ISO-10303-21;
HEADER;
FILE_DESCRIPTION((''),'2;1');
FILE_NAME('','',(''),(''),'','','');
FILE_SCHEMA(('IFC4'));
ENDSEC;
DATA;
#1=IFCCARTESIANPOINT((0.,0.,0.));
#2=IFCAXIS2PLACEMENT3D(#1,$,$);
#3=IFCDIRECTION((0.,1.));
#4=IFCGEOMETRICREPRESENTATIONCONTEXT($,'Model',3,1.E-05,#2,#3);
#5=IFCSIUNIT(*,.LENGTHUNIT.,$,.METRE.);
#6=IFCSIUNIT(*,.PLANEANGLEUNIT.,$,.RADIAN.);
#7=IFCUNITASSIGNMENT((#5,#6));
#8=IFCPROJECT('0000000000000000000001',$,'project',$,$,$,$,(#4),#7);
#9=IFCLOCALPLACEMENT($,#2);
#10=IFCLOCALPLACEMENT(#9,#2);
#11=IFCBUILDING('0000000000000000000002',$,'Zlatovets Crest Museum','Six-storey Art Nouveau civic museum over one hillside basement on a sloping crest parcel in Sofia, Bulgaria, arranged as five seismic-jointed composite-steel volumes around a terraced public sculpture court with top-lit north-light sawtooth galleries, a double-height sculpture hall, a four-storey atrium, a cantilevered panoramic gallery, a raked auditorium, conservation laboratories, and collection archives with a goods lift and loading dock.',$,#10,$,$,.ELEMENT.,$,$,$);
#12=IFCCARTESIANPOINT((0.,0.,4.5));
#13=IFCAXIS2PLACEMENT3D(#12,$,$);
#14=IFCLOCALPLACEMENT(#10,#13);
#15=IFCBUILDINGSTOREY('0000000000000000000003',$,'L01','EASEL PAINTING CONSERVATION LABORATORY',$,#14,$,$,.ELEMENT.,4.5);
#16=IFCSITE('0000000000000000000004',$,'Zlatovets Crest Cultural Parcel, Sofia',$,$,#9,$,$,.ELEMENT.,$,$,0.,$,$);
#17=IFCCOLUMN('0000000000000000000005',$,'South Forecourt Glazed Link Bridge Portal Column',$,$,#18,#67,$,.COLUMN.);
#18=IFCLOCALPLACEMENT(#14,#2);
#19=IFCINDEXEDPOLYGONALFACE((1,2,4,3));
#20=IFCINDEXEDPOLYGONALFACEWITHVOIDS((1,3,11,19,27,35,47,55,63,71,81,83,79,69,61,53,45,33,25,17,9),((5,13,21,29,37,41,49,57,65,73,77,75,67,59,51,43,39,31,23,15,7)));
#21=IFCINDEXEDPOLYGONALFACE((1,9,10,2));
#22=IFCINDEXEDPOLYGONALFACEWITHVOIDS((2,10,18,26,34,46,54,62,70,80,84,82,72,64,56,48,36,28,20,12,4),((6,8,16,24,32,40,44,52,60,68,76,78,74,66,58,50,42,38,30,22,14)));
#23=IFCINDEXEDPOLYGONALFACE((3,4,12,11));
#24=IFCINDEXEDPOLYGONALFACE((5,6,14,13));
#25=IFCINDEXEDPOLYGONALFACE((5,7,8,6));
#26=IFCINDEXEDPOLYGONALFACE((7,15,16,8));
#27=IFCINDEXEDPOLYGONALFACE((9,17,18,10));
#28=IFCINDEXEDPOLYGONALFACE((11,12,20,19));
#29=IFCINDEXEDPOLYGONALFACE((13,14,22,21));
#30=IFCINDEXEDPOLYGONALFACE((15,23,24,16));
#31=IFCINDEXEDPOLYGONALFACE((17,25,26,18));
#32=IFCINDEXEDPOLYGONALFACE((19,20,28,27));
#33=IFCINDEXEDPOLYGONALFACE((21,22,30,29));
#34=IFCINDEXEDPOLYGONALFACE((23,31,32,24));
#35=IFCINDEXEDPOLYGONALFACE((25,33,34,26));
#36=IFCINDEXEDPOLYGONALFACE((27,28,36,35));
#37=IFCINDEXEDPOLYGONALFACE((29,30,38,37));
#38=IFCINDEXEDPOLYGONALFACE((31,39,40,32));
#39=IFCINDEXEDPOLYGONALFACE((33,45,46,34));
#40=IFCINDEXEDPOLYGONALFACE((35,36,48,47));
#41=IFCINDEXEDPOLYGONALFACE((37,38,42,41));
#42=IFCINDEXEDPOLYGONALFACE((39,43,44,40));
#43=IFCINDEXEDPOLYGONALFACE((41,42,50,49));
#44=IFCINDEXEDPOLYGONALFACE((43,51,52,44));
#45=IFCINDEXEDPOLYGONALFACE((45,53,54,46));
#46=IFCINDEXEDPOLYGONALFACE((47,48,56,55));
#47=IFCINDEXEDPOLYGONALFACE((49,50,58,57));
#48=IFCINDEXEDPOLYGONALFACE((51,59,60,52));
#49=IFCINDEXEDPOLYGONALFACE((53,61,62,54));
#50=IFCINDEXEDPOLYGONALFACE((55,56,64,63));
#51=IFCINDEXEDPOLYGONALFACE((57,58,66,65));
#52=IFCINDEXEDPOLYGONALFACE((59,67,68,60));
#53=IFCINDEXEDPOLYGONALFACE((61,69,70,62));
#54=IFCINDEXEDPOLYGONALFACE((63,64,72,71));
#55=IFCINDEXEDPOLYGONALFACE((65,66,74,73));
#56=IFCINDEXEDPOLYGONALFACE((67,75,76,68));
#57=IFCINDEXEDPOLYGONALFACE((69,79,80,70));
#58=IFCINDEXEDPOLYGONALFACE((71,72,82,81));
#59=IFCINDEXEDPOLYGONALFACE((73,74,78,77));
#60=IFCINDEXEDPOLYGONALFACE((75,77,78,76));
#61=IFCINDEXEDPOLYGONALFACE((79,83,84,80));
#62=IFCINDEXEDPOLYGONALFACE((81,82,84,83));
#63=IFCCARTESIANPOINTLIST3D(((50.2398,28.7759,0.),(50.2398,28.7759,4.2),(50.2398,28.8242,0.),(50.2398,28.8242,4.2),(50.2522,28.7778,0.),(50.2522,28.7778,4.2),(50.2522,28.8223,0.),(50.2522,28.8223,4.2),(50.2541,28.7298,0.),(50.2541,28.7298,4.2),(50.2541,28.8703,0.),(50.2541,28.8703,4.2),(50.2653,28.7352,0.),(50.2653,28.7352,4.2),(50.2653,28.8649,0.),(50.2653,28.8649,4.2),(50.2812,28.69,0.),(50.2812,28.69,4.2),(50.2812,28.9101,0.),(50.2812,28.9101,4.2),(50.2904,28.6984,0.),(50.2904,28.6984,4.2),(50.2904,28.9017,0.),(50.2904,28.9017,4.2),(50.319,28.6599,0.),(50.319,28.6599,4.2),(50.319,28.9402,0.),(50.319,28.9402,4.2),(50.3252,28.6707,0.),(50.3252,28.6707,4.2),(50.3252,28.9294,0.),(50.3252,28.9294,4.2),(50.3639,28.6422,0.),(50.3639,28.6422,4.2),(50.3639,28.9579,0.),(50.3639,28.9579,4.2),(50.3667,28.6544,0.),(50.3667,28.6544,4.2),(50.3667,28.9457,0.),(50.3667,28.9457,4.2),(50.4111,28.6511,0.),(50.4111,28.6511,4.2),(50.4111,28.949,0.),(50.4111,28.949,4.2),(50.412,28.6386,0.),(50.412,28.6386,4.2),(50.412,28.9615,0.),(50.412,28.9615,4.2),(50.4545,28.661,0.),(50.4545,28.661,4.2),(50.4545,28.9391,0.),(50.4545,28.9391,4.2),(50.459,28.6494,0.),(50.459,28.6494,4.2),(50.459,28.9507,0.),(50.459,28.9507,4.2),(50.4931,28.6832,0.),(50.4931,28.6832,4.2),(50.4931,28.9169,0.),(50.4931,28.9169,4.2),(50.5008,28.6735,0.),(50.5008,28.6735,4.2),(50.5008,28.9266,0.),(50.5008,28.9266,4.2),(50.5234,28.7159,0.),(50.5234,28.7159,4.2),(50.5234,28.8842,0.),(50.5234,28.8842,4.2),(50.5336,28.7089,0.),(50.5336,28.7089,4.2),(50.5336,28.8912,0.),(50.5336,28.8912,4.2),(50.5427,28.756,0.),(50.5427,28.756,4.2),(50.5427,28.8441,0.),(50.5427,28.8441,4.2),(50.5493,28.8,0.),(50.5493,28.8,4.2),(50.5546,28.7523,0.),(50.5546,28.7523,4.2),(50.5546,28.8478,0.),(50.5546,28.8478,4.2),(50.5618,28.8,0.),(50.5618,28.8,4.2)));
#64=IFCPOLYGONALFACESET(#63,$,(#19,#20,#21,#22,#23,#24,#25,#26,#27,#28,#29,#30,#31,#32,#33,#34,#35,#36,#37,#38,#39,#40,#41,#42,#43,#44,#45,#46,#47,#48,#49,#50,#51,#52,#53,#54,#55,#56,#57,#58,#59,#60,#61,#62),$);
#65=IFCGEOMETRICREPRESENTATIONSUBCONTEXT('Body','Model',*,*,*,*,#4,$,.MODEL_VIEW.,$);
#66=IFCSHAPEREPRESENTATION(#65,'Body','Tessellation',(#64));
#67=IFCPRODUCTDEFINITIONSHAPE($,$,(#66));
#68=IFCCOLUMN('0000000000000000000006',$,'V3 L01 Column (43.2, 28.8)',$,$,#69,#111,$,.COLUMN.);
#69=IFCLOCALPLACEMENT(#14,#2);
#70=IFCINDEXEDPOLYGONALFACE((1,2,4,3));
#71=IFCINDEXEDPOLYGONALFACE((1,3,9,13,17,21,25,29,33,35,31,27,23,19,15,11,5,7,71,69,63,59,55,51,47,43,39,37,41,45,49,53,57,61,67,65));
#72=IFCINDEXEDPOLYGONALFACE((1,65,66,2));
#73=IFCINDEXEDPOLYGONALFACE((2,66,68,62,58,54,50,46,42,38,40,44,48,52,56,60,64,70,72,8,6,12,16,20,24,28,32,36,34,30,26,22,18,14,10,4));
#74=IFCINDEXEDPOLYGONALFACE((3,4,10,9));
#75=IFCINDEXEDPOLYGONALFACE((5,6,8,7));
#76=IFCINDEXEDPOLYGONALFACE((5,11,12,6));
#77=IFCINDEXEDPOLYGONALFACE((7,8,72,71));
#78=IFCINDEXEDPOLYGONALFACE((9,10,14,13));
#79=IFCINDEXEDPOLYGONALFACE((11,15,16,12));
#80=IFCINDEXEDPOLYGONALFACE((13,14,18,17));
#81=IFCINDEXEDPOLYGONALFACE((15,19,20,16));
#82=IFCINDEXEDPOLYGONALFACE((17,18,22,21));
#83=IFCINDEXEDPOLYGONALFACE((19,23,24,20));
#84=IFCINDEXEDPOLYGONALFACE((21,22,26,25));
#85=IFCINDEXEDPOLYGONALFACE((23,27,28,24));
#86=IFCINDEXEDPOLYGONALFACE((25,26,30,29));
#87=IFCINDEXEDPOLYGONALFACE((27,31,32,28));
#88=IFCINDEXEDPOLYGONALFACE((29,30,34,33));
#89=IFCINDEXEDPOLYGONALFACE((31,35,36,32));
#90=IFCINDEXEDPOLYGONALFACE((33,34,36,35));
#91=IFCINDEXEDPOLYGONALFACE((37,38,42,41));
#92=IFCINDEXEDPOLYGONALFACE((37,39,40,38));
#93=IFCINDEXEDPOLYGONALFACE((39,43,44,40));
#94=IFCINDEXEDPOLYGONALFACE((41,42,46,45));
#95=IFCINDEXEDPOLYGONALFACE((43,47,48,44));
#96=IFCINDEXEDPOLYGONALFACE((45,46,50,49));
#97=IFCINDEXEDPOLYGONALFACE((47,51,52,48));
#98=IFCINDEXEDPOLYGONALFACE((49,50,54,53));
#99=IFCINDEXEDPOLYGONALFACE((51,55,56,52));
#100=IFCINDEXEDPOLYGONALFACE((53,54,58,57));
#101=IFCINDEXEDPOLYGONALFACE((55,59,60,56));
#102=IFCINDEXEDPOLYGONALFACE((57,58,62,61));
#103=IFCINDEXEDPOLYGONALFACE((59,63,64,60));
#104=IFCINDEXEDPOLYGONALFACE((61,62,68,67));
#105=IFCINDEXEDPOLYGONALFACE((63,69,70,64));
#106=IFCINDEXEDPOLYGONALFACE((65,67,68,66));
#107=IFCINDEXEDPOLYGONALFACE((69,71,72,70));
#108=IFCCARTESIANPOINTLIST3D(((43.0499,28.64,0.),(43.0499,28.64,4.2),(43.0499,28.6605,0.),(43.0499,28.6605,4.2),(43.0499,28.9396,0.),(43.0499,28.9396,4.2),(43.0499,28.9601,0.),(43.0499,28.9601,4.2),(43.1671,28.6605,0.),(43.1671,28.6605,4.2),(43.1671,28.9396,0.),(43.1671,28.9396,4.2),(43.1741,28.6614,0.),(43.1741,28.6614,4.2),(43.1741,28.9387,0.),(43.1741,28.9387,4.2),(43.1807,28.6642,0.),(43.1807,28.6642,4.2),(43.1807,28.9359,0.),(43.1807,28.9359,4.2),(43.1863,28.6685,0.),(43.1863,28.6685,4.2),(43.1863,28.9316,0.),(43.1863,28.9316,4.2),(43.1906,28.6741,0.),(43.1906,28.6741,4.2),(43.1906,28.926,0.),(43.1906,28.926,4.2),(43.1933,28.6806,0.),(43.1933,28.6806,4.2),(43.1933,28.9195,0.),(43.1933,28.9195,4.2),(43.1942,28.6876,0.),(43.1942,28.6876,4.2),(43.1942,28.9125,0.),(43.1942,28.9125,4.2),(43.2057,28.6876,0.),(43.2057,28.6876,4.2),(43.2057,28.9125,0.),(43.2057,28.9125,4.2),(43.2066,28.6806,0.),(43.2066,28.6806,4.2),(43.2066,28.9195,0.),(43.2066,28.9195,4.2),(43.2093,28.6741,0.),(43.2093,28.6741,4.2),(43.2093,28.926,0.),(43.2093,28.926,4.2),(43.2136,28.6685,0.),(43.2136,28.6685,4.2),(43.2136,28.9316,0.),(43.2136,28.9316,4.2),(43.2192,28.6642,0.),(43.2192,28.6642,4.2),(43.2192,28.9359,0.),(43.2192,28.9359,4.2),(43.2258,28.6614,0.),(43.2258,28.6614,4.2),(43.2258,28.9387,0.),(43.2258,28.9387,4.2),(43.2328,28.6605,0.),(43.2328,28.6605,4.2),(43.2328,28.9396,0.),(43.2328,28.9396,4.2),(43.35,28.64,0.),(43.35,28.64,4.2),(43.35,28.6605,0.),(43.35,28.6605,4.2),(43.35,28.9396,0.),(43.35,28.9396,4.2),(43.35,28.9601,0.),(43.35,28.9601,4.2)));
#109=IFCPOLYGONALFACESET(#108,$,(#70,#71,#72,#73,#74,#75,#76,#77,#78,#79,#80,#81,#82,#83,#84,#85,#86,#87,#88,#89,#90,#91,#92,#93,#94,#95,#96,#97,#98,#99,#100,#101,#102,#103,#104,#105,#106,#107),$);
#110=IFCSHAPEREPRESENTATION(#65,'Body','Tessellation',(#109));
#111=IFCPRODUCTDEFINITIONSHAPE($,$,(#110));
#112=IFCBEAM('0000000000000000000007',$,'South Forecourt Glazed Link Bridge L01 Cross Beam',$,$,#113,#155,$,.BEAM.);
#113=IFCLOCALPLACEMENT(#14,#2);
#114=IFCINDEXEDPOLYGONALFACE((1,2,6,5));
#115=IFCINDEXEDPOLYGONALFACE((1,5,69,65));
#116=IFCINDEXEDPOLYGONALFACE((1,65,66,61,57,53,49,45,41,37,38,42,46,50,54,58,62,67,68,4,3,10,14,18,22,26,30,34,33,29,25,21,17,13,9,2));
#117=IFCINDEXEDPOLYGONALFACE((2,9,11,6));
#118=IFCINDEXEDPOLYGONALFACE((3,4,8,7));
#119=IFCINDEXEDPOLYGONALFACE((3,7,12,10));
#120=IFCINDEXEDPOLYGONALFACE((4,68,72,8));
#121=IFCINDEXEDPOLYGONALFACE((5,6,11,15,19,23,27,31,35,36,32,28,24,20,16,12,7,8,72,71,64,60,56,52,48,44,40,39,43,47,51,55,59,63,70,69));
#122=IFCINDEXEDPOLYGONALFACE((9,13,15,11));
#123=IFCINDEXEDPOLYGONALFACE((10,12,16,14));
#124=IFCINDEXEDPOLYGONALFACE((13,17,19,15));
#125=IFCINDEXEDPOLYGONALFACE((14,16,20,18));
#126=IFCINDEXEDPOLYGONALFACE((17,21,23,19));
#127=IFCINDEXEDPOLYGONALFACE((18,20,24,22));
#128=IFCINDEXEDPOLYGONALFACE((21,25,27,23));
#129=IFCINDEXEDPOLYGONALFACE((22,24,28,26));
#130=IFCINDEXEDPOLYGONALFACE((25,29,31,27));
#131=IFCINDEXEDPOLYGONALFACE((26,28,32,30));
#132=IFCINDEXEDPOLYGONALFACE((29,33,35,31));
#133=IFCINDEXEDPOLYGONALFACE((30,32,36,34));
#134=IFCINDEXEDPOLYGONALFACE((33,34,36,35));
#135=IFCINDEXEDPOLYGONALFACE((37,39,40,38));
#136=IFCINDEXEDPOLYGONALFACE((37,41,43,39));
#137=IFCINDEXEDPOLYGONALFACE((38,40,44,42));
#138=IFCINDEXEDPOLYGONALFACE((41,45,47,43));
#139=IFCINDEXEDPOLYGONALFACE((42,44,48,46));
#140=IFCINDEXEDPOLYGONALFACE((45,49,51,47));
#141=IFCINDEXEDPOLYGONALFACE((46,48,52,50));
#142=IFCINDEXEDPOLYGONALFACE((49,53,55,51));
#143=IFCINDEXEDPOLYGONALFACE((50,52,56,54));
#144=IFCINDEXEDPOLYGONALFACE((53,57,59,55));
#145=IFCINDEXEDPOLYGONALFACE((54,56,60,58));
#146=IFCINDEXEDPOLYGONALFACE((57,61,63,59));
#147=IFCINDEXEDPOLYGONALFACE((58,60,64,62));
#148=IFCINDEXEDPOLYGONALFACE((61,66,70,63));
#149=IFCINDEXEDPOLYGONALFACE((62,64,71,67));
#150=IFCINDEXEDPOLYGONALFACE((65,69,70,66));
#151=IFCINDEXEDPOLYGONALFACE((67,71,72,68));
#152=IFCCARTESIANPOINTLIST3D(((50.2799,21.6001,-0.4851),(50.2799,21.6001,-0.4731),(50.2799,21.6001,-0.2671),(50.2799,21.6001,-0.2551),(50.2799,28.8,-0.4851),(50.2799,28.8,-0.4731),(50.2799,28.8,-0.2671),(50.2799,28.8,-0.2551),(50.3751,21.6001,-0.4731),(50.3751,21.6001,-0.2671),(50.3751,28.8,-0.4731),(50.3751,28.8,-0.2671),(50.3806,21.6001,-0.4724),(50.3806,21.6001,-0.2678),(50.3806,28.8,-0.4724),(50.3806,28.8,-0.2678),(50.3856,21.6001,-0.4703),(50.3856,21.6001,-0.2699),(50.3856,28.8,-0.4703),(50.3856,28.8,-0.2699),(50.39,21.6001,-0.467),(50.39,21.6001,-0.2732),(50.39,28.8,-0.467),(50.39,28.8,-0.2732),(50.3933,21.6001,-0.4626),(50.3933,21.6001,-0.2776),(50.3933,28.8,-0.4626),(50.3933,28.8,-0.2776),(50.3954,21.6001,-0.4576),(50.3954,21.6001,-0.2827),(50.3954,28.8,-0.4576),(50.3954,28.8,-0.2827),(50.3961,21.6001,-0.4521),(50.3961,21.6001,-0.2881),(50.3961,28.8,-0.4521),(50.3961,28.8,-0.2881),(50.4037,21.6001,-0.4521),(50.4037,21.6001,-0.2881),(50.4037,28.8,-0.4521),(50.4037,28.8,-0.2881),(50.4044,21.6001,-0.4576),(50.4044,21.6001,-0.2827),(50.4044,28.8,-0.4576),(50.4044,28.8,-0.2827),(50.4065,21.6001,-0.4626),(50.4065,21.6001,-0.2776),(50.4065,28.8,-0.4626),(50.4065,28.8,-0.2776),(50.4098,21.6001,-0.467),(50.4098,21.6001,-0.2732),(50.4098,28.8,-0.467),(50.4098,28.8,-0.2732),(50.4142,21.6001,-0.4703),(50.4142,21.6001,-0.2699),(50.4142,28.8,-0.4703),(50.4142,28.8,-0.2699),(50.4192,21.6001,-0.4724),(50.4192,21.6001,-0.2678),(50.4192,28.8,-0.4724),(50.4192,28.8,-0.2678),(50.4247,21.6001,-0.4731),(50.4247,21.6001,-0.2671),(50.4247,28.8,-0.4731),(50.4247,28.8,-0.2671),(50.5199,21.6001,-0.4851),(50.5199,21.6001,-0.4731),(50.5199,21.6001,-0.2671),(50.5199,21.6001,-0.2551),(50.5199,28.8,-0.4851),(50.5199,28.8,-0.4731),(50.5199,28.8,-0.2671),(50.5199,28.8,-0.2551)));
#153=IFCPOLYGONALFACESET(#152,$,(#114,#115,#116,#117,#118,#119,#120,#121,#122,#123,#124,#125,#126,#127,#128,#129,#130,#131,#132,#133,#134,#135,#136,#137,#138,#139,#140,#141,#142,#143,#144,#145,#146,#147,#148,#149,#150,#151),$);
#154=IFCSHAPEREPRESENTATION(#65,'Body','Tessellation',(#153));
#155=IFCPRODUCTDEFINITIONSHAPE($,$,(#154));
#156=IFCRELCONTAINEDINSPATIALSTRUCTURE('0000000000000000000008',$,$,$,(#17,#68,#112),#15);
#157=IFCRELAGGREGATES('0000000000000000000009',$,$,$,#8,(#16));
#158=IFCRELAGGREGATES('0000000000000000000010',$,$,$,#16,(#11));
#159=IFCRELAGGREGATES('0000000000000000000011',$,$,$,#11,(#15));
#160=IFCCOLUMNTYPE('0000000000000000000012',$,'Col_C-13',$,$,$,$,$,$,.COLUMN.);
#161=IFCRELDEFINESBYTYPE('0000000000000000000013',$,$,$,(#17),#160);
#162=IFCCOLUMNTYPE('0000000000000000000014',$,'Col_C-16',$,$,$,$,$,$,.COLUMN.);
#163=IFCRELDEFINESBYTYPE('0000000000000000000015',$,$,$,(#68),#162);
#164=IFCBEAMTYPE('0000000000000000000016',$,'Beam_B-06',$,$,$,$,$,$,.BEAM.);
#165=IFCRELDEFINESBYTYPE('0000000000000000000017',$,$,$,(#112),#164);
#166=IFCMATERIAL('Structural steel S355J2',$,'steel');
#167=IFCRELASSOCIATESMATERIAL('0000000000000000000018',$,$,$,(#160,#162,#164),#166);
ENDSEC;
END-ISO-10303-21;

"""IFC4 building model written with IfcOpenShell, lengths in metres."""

from ifc_helpers import new_model, si_unit, direction, frame, origin, origin_2d, place, context, subcontext, project, spatial, hollow_circle, i_section, extrude, material, material_profile, profile_set, type_object, element, save


model = new_model("IFC4")

# Units and contexts
model_context = context("Model", 3, precision=1e-05, world=origin(), true_north=direction((0.0, 1.0)))
body_context = subcontext(model_context, "Body", "Model", "MODEL_VIEW")
ifc_project = project(units=[si_unit("LENGTHUNIT", "METRE"), si_unit("PLANEANGLEUNIT", "RADIAN")], contexts=[model_context])

# Site, building, storey
site_placement = place(None, origin())
site = spatial("IfcSite", under=ifc_project, at=site_placement, Name="Zlatovets Crest Cultural Parcel, Sofia", CompositionType="ELEMENT", RefElevation=0.0)
building_placement = place(site_placement, origin())
building = spatial("IfcBuilding", under=site, at=building_placement, Name="Zlatovets Crest Museum", Description="Six-storey Art Nouveau civic museum over one hillside basement on a sloping crest parcel in Sofia, Bulgaria, arranged as five seismic-jointed composite-steel volumes around a terraced public sculpture court with top-lit north-light sawtooth galleries, a double-height sculpture hall, a four-storey atrium, a cantilevered panoramic gallery, a raked auditorium, conservation laboratories, and collection archives with a goods lift and loading dock.", CompositionType="ELEMENT")
storey_placement = place(building_placement, frame((0.0, 0.0, 4.5)))
storey = spatial("IfcBuildingStorey", under=building, at=storey_placement, Name="L01", Description="EASEL PAINTING CONSERVATION LABORATORY", CompositionType="ELEMENT", Elevation=4.5)

# Columns
ifc_material_1 = material(Name="Structural steel S355J2", Category="steel")
ifc_material_profile_1 = material_profile(ifc_material_1, hollow_circle(Radius=0.1619, WallThickness=0.0125, at=origin_2d()), Name="CHS 323.9x12.5")
ifc_profile_set_1 = profile_set([ifc_material_profile_1], Name="Structural steel S355J2")
column_type_1 = type_object("IfcColumnType", Name="Col_C-13", PredefinedType="COLUMN", material=ifc_profile_set_1)
column_1_placement = place(storey_placement, frame((50.3999, 28.8, 0.0), z_axis=(0.0, 0.0, 1.0), x_axis=(1.0, 0.0, 0.0)))
element("IfcColumn", 1, at=column_1_placement, inside=storey, type_object=column_type_1, Name="South Forecourt Glazed Link Bridge Portal Column", PredefinedType="COLUMN", context=body_context, shape_type="SweptSolid", body=[
    extrude(hollow_circle(Radius=0.1619, WallThickness=0.0125, at=origin_2d()), origin(), (0.0, 0.0, 1.0), 4.2),
])
ifc_material_profile_2 = material_profile(ifc_material_1, i_section(OverallWidth=0.3, OverallDepth=0.3201, WebThickness=0.0115, FlangeThickness=0.0205, FilletRadius=0.0271, at=origin_2d()), Name="HEB 320")
ifc_profile_set_2 = profile_set([ifc_material_profile_2], Name="Structural steel S355J2")
column_type_2 = type_object("IfcColumnType", Name="Col_C-16", PredefinedType="COLUMN", material=ifc_profile_set_2)
column_2_placement = place(storey_placement, frame((43.2, 28.8, 0.0), z_axis=(0.0, 0.0, 1.0), x_axis=(1.0, 0.0, 0.0)))
element("IfcColumn", 2, at=column_2_placement, inside=storey, type_object=column_type_2, Name="V3 L01 Column (43.2, 28.8)", PredefinedType="COLUMN", context=body_context, shape_type="SweptSolid", body=[
    extrude(i_section(OverallWidth=0.3, OverallDepth=0.3201, WebThickness=0.0115, FlangeThickness=0.0205, FilletRadius=0.0271, at=origin_2d()), origin(), (0.0, 0.0, 1.0), 4.2),
])

# Beam
ifc_material_profile_3 = material_profile(ifc_material_1, i_section(OverallWidth=0.24, OverallDepth=0.23, WebThickness=0.0076, FlangeThickness=0.012, FilletRadius=0.021, at=origin_2d()), Name="HEA 240")
ifc_profile_set_3 = profile_set([ifc_material_profile_3], Name="Structural steel S355J2")
beam_type_1 = type_object("IfcBeamType", Name="Beam_B-06", PredefinedType="BEAM", material=ifc_profile_set_3)
beam_1_placement = place(storey_placement, frame((50.3999, 21.6001, -0.3701), z_axis=(0.0, 1.0, 0.0), x_axis=(-1.0, 0.0, 0.0)))
element("IfcBeam", 3, at=beam_1_placement, inside=storey, type_object=beam_type_1, Name="South Forecourt Glazed Link Bridge L01 Cross Beam", PredefinedType="BEAM", context=body_context, shape_type="SweptSolid", body=[
    extrude(i_section(OverallWidth=0.24, OverallDepth=0.23, WebThickness=0.0076, FlangeThickness=0.012, FilletRadius=0.021, at=origin_2d()), origin(), (0.0, 0.0, 1.0), 7.2),
])

save(model, "model.ifc")
